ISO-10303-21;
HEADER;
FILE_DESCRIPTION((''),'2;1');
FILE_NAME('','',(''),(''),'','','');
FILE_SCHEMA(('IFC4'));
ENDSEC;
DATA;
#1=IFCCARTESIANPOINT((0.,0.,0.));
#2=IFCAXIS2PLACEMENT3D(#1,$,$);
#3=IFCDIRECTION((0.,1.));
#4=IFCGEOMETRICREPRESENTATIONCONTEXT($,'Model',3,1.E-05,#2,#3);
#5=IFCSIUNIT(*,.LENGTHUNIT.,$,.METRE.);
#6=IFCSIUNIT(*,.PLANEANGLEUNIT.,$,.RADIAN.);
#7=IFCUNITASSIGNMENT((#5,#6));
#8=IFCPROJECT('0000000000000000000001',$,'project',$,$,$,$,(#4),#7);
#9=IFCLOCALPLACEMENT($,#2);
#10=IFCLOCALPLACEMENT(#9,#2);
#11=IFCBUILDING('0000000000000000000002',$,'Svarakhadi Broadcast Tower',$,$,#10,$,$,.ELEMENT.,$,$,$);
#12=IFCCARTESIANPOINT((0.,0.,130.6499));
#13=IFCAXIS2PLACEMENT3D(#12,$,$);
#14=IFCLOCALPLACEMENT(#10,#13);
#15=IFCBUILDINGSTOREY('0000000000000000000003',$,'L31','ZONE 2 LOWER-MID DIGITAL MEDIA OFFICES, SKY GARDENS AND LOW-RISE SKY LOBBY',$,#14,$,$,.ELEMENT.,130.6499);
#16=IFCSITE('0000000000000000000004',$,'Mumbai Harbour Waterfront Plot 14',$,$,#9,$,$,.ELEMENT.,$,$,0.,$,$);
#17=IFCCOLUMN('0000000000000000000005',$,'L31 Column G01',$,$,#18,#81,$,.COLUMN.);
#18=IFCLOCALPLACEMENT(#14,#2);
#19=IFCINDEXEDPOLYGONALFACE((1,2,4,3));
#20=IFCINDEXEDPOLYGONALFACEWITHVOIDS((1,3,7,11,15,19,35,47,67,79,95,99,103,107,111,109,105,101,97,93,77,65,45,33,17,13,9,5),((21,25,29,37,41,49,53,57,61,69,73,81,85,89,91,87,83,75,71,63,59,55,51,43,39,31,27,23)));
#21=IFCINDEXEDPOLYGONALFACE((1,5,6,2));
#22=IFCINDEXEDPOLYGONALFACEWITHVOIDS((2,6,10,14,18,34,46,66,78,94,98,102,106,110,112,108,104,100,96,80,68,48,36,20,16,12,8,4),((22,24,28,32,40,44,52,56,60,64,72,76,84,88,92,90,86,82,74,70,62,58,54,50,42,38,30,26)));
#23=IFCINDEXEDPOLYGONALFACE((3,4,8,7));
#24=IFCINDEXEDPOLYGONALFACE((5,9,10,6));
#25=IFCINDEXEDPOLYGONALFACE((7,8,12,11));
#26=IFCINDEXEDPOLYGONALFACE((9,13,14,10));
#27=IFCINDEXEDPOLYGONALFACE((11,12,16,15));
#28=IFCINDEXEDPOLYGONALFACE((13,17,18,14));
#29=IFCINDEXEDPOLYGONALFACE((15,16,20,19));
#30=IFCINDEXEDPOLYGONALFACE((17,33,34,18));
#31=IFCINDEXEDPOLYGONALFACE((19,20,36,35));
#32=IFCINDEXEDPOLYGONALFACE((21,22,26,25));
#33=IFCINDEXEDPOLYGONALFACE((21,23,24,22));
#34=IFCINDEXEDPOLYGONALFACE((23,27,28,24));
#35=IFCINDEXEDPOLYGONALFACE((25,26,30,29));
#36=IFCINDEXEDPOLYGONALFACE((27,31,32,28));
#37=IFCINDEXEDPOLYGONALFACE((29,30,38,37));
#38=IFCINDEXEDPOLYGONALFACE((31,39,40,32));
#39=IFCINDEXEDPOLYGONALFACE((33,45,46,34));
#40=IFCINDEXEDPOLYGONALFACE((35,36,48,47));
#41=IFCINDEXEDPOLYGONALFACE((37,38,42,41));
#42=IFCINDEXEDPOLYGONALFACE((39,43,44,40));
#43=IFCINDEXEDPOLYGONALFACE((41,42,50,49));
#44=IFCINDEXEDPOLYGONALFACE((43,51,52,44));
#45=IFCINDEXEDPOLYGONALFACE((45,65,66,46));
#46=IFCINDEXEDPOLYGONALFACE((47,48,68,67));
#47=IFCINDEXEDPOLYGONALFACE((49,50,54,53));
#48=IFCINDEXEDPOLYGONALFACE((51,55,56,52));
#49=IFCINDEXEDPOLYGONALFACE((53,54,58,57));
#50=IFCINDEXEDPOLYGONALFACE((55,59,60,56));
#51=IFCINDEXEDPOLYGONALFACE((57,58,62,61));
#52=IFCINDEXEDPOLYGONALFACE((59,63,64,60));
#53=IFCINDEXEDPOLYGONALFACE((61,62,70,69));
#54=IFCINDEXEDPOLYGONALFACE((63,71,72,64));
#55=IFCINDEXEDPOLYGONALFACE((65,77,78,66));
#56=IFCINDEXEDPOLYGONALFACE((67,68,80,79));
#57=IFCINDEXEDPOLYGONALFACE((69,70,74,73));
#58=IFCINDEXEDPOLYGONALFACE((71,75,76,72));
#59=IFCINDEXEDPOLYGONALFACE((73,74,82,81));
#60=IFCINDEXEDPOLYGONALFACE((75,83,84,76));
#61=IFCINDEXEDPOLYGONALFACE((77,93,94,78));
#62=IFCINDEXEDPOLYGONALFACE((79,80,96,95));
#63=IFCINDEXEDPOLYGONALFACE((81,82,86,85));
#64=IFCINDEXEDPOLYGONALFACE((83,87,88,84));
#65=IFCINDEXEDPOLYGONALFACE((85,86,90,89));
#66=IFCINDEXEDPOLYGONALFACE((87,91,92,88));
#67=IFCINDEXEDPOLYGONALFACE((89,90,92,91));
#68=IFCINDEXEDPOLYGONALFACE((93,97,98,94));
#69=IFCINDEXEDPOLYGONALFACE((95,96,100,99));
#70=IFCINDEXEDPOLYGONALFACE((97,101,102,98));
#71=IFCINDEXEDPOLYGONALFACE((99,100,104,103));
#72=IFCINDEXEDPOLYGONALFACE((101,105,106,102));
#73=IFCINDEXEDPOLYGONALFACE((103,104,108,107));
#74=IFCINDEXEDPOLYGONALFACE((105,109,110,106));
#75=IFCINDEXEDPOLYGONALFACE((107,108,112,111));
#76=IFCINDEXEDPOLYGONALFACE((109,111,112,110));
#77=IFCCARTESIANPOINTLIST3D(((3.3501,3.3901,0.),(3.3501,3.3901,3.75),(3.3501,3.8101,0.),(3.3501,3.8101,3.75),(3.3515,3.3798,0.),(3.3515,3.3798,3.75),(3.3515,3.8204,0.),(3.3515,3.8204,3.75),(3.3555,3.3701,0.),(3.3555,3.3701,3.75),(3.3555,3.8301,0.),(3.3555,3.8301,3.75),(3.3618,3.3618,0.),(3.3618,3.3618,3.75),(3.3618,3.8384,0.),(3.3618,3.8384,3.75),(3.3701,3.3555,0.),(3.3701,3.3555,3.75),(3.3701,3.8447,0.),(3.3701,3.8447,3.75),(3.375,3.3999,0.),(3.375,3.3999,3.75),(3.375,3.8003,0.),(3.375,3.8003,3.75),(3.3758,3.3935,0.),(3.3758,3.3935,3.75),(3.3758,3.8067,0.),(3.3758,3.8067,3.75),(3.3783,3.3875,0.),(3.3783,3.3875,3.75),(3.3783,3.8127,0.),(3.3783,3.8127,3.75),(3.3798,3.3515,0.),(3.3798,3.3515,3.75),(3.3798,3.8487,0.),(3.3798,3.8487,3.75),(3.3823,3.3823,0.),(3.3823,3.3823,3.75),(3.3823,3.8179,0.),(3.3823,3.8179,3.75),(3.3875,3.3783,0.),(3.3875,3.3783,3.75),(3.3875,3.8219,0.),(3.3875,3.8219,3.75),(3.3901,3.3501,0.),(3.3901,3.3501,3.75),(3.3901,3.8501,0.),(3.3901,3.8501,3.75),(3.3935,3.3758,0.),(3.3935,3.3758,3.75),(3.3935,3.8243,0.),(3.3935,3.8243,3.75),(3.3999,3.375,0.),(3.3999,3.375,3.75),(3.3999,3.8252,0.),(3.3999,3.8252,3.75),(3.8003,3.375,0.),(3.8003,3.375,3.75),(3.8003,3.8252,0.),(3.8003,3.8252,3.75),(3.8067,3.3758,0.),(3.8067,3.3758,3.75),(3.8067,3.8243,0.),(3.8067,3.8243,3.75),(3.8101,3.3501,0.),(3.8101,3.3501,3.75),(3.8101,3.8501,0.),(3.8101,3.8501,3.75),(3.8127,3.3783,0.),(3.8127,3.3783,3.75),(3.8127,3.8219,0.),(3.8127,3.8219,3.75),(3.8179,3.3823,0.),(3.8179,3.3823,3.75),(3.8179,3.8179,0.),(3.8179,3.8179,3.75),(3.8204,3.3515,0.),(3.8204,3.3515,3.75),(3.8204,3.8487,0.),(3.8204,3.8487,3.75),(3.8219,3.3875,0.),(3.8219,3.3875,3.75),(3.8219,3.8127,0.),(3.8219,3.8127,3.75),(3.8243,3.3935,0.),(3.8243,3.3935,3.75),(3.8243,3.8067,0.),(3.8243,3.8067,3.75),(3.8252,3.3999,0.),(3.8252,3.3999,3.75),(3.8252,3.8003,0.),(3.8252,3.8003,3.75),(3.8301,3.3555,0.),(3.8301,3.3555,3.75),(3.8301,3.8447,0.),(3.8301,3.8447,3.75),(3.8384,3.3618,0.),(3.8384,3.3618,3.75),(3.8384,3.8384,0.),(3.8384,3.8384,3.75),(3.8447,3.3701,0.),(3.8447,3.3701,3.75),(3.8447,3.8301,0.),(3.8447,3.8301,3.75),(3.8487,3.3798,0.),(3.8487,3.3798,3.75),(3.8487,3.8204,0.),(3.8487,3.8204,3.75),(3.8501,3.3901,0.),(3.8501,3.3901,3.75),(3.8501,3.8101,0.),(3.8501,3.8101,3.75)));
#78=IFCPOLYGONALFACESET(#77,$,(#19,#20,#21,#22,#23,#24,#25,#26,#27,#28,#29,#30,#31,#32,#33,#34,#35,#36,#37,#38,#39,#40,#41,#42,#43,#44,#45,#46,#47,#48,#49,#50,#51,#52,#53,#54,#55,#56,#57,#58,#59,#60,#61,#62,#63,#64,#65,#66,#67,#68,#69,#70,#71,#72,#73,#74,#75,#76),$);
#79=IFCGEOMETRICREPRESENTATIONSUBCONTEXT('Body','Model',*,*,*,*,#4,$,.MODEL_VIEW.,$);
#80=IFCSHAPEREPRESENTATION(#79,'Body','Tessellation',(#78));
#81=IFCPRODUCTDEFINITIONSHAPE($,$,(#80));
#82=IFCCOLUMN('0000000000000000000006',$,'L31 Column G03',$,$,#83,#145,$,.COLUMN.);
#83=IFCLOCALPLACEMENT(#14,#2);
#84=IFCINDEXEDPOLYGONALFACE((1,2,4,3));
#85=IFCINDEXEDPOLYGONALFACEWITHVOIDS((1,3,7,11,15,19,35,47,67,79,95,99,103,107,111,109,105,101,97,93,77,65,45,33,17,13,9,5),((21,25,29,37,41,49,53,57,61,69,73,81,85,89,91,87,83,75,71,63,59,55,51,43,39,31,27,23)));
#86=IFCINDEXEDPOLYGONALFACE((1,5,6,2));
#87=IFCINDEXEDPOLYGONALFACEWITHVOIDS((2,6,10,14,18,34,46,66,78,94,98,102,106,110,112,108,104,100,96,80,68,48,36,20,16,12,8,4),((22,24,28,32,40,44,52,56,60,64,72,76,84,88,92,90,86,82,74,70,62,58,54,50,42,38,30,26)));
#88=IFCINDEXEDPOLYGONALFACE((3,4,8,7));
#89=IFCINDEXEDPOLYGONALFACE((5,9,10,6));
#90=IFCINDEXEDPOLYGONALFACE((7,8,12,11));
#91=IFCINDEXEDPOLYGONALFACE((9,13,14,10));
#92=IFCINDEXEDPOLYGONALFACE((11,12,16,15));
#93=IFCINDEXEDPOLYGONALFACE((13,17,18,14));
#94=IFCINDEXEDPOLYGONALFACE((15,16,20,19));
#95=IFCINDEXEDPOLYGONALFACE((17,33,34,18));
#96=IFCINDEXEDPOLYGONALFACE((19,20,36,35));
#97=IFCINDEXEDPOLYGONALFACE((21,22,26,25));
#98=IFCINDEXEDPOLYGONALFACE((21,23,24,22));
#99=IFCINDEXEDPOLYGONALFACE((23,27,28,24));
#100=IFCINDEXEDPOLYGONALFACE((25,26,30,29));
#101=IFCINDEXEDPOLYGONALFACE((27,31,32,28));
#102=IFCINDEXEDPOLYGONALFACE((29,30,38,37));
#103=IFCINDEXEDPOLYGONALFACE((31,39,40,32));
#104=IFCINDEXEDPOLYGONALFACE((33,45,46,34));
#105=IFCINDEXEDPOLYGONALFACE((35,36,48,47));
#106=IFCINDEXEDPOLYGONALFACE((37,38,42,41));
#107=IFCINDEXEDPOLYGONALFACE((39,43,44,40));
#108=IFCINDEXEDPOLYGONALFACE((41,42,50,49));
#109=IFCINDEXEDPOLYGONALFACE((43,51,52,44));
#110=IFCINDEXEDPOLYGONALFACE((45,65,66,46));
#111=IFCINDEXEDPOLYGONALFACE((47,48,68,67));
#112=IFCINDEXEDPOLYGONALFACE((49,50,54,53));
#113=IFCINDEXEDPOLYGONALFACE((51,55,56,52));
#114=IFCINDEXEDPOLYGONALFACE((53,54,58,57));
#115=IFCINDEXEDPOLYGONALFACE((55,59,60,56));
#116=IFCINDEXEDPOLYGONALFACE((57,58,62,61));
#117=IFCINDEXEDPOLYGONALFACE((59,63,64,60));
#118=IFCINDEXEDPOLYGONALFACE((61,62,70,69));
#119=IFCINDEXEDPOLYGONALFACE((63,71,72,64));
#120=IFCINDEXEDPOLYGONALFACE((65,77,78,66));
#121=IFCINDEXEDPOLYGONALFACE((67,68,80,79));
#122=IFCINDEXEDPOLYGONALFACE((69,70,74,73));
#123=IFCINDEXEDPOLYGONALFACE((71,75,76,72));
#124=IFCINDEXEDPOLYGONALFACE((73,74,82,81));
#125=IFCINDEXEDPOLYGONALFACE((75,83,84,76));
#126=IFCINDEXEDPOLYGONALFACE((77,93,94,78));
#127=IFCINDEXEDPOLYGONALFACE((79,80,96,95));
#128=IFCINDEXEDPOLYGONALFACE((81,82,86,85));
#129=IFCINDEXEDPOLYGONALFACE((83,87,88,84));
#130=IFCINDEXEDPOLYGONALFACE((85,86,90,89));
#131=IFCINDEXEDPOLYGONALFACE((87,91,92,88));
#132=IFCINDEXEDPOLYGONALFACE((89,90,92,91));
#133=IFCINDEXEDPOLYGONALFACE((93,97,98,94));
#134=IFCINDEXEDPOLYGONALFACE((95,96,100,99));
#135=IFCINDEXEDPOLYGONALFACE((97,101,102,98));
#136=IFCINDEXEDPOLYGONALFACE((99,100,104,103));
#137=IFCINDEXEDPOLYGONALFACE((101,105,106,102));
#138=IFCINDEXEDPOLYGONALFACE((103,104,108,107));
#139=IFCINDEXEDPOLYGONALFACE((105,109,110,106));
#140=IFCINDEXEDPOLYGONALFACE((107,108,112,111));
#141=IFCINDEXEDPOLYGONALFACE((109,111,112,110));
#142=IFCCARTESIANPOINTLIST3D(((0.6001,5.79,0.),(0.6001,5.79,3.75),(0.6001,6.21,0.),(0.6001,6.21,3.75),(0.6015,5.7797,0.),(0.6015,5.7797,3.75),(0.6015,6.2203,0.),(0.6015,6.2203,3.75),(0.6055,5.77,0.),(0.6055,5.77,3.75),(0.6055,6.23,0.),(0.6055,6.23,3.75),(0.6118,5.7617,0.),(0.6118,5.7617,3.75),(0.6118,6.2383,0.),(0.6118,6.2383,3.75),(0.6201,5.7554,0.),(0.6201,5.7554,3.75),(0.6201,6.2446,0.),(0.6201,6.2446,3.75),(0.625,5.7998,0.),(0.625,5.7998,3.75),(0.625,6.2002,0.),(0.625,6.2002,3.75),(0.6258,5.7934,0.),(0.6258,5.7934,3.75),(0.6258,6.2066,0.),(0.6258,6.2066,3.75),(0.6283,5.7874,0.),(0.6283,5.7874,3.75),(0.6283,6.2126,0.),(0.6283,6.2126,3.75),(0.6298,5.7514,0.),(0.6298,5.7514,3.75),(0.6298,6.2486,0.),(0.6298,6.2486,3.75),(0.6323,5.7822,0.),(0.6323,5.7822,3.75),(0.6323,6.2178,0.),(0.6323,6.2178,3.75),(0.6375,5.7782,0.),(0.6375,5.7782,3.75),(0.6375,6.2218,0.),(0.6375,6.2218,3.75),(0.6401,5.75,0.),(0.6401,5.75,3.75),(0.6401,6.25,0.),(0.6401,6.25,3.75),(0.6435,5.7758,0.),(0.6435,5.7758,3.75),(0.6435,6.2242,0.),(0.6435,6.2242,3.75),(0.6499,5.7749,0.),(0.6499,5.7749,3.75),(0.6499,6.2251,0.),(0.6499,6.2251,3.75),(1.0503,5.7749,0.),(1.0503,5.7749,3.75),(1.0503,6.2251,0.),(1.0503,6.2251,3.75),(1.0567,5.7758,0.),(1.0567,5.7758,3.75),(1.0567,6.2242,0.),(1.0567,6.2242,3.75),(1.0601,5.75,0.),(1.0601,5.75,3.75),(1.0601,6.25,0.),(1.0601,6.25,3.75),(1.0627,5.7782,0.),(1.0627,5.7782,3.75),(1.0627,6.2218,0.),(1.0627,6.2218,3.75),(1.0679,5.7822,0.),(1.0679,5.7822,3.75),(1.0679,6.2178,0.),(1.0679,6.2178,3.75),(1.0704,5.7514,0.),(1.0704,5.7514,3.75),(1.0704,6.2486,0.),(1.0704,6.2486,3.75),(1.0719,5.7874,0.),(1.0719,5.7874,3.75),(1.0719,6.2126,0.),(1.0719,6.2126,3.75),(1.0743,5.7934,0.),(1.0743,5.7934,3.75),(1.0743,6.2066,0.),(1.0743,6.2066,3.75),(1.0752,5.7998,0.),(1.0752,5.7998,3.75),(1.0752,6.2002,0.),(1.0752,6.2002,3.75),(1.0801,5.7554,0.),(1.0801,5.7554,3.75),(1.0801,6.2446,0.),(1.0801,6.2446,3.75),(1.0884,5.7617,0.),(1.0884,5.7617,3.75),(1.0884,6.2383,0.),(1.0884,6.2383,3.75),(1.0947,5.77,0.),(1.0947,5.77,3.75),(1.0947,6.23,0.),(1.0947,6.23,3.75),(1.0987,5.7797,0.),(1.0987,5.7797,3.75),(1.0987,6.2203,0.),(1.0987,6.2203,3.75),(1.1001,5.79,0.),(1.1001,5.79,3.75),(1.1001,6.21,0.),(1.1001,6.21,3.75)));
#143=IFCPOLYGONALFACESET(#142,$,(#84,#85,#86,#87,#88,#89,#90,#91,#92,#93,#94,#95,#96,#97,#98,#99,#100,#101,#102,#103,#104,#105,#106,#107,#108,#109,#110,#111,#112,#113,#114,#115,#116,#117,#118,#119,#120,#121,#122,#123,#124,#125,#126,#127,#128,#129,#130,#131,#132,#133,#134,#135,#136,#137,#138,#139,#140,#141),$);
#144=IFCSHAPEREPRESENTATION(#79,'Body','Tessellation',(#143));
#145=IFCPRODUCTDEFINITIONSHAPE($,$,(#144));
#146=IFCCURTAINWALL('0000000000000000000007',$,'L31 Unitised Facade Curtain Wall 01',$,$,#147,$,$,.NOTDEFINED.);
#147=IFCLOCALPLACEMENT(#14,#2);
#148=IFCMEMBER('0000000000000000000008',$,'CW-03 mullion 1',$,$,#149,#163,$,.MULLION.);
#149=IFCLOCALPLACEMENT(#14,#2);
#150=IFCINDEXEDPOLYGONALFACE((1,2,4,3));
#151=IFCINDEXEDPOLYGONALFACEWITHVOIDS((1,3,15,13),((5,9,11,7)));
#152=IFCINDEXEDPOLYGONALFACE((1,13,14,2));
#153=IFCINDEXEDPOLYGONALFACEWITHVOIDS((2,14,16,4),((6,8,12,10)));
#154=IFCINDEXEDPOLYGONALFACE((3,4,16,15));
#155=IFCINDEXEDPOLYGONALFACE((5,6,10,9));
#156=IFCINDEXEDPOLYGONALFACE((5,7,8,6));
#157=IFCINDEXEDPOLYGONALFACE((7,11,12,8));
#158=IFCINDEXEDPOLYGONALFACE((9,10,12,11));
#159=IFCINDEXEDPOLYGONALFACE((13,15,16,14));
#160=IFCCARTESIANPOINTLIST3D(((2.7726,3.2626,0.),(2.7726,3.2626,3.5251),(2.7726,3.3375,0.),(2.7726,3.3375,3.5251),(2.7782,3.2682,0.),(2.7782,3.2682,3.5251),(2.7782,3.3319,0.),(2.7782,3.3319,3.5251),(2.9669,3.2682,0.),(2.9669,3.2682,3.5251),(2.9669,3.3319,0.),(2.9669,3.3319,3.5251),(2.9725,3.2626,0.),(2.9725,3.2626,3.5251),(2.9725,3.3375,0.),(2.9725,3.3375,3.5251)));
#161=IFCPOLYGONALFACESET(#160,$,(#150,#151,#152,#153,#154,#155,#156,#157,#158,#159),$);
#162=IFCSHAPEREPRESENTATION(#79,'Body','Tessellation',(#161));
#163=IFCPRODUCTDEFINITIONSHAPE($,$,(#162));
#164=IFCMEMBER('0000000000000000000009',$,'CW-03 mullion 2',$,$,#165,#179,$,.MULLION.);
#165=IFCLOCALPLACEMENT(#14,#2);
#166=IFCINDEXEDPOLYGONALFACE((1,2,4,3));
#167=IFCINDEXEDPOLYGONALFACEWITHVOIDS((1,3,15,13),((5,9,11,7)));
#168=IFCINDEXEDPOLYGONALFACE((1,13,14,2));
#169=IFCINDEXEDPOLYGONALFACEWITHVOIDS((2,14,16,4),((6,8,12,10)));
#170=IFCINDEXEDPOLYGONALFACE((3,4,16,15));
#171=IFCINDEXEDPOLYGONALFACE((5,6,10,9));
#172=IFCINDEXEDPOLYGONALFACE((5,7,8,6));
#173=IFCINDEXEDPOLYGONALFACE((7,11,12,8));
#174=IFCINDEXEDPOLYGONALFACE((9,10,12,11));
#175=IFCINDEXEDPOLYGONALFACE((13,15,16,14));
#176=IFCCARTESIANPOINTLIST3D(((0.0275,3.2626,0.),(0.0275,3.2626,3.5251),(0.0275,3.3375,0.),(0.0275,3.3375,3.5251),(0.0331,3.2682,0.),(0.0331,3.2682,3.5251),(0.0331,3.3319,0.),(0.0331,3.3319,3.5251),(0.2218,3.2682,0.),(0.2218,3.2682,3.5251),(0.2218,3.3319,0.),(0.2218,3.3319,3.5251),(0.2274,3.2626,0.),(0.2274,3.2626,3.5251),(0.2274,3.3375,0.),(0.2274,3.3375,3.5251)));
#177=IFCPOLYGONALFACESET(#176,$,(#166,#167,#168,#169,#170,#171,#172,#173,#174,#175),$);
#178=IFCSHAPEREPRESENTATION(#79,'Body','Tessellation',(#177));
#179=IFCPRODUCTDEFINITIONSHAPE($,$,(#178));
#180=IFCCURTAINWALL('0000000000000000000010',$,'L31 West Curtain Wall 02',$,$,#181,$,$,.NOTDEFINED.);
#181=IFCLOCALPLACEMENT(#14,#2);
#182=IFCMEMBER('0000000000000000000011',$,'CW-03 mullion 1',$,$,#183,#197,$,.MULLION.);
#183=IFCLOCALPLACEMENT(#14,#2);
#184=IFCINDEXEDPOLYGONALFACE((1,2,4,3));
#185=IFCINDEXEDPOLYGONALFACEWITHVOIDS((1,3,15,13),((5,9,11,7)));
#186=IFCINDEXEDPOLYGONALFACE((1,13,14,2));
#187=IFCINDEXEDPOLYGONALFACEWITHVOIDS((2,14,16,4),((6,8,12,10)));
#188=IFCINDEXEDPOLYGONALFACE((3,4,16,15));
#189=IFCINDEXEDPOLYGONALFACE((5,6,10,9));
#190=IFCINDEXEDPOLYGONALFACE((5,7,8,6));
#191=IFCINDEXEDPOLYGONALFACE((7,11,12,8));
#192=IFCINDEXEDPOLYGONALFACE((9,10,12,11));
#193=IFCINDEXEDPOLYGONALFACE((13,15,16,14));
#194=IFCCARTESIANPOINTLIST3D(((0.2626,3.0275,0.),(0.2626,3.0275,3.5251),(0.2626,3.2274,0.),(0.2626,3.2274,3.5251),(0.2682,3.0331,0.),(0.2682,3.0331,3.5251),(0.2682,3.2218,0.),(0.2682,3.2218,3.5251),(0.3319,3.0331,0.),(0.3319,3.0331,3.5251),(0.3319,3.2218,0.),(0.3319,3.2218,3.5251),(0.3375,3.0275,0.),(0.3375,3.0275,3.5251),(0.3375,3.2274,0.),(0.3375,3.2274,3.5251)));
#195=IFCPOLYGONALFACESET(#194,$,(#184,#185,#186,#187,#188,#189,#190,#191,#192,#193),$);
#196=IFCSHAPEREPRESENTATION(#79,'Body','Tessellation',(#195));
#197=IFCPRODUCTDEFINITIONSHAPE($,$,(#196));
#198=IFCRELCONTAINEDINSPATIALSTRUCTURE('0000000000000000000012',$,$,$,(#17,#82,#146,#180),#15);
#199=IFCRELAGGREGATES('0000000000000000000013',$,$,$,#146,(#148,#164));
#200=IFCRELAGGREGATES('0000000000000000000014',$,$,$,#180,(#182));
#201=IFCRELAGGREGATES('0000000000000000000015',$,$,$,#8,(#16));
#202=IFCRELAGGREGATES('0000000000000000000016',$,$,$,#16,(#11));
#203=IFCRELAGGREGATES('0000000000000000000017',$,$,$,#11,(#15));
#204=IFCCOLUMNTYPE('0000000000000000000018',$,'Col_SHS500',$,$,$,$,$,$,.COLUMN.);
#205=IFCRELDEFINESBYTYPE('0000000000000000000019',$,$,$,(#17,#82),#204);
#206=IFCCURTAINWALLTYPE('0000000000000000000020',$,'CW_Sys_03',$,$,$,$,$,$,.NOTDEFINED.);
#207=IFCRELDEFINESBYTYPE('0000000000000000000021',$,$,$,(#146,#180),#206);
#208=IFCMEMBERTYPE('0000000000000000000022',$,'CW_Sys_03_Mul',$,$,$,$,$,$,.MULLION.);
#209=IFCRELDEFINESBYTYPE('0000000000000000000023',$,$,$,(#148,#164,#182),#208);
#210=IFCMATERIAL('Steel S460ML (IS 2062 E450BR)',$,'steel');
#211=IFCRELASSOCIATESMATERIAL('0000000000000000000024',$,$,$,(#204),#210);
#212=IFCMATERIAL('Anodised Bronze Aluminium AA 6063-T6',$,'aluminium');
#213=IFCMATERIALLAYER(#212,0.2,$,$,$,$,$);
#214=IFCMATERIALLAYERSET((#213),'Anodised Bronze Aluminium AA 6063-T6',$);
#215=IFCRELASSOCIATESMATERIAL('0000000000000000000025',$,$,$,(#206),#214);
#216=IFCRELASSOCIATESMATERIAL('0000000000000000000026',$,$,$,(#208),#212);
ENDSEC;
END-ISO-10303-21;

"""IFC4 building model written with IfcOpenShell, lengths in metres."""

from ifc_helpers import new_model, si_unit, direction, frame, origin, origin_2d, place, context, subcontext, project, spatial, hollow_rectangle, extrude, material, layer, layer_set, material_profile, profile_set, type_object, element, aggregate, save


model = new_model("IFC4")

# Units and contexts
model_context = context("Model", 3, precision=1e-05, world=origin(), true_north=direction((0.0, 1.0)))
body_context = subcontext(model_context, "Body", "Model", "MODEL_VIEW")
ifc_project = project(units=[si_unit("LENGTHUNIT", "METRE"), si_unit("PLANEANGLEUNIT", "RADIAN")], contexts=[model_context])

# Site, building, storey
site_placement = place(None, origin())
site = spatial("IfcSite", under=ifc_project, at=site_placement, Name="Mumbai Harbour Waterfront Plot 14", CompositionType="ELEMENT", RefElevation=0.0)
building_placement = place(site_placement, origin())
building = spatial("IfcBuilding", under=site, at=building_placement, Name="Svarakhadi Broadcast Tower", CompositionType="ELEMENT")
storey_placement = place(building_placement, frame((0.0, 0.0, 130.6499)))
storey = spatial("IfcBuildingStorey", under=building, at=storey_placement, Name="L31", Description="ZONE 2 LOWER-MID DIGITAL MEDIA OFFICES, SKY GARDENS AND LOW-RISE SKY LOBBY", CompositionType="ELEMENT", Elevation=130.6499)

# Columns
ifc_material_1 = material(Name="Steel S460ML (IS 2062 E450BR)", Category="steel")
ifc_material_profile_1 = material_profile(ifc_material_1, hollow_rectangle(XDim=0.5, YDim=0.5, WallThickness=0.0249, InnerFilletRadius=0.0249, OuterFilletRadius=0.04, at=origin_2d()), Name="SHS 500x500x25")
ifc_profile_set_1 = profile_set([ifc_material_profile_1], Name="Steel S460ML (IS 2062 E450BR)")
column_type = type_object("IfcColumnType", Name="Col_SHS500", PredefinedType="COLUMN", material=ifc_profile_set_1)
for number, where, z_axis, x_axis, name in (
    (1, (3.6001, 3.6001, 0.0), (0.0, 0.0, 1.0), (1.0, 0.0, 0.0), "L31 Column G01"),
    (2, (0.8501, 6.0, 0.0), (0.0, 0.0, 1.0), (1.0, 0.0, 0.0), "L31 Column G03"),
):
    element("IfcColumn", number, at=place(storey_placement, frame(where, z_axis=z_axis, x_axis=x_axis)), inside=storey, type_object=column_type, Name=name, PredefinedType="COLUMN", context=body_context, shape_type="SweptSolid", body=[
        extrude(hollow_rectangle(XDim=0.5, YDim=0.5, WallThickness=0.0249, InnerFilletRadius=0.0249, OuterFilletRadius=0.04, at=origin_2d()), origin(), (0.0, 0.0, 1.0), 3.75),
    ])

# Curtain wall, members
ifc_material_2 = material(Name="Anodised Bronze Aluminium AA 6063-T6", Category="aluminium")
ifc_layer_1 = layer(ifc_material_2, 0.2)
ifc_layer_set_1 = layer_set([ifc_layer_1], Name="Anodised Bronze Aluminium AA 6063-T6")
curtain_wall_type = type_object("IfcCurtainWallType", Name="CW_Sys_03", PredefinedType="NOTDEFINED", material=ifc_layer_set_1)
curtain_wall_1_placement = place(storey_placement, origin())
curtain_wall_1 = element("IfcCurtainWall", 3, at=curtain_wall_1_placement, inside=storey, type_object=curtain_wall_type, Name="L31 Unitised Facade Curtain Wall 01", PredefinedType="NOTDEFINED")
ifc_material_profile_2 = material_profile(ifc_material_2, hollow_rectangle(XDim=0.075, YDim=0.2, WallThickness=0.0056, at=origin_2d()), Name="ALU MULLION 200x75x6")
ifc_profile_set_2 = profile_set([ifc_material_profile_2], Name="Anodised Bronze Aluminium AA 6063-T6")
member_type_1 = type_object("IfcMemberType", Name="CW_Sys_03_Mul", PredefinedType="MULLION", material=ifc_profile_set_2)
member_1_placement = place(storey_placement, frame((2.8726, 3.3, 0.0), z_axis=(0.0, 0.0, 1.0), x_axis=(0.0, -1.0, 0.0)))
member_1 = element("IfcMember", 4, at=member_1_placement, type_object=member_type_1, Name="CW-03 mullion 1", PredefinedType="MULLION", context=body_context, shape_type="SweptSolid", body=[
    extrude(hollow_rectangle(XDim=0.075, YDim=0.2, WallThickness=0.0056, at=origin_2d()), origin(), (0.0, 0.0, 1.0), 3.5251),
])
member_2_placement = place(storey_placement, frame((0.1274, 3.3, 0.0), z_axis=(0.0, 0.0, 1.0), x_axis=(0.0, -1.0, 0.0)))
member_2 = element("IfcMember", 5, at=member_2_placement, type_object=member_type_1, Name="CW-03 mullion 2", PredefinedType="MULLION", context=body_context, shape_type="SweptSolid", body=[
    extrude(hollow_rectangle(XDim=0.075, YDim=0.2, WallThickness=0.0056, at=origin_2d()), origin(), (0.0, 0.0, 1.0), 3.5251),
])

# Curtain wall, member
curtain_wall_2_placement = place(storey_placement, origin())
curtain_wall_2 = element("IfcCurtainWall", 6, at=curtain_wall_2_placement, inside=storey, type_object=curtain_wall_type, Name="L31 West Curtain Wall 02", PredefinedType="NOTDEFINED")
member_3_placement = place(storey_placement, frame((0.3, 3.1274, 0.0), z_axis=(0.0, 0.0, 1.0), x_axis=(-1.0, 0.0, 0.0)))
member_3 = element("IfcMember", 7, at=member_3_placement, type_object=member_type_1, Name="CW-03 mullion 1", PredefinedType="MULLION", context=body_context, shape_type="SweptSolid", body=[
    extrude(hollow_rectangle(XDim=0.075, YDim=0.2, WallThickness=0.0056, at=origin_2d()), origin(), (0.0, 0.0, 1.0), 3.5251),
])

aggregate(curtain_wall_1, [member_1, member_2])
aggregate(curtain_wall_2, [member_3])

save(model, "model.ifc")
